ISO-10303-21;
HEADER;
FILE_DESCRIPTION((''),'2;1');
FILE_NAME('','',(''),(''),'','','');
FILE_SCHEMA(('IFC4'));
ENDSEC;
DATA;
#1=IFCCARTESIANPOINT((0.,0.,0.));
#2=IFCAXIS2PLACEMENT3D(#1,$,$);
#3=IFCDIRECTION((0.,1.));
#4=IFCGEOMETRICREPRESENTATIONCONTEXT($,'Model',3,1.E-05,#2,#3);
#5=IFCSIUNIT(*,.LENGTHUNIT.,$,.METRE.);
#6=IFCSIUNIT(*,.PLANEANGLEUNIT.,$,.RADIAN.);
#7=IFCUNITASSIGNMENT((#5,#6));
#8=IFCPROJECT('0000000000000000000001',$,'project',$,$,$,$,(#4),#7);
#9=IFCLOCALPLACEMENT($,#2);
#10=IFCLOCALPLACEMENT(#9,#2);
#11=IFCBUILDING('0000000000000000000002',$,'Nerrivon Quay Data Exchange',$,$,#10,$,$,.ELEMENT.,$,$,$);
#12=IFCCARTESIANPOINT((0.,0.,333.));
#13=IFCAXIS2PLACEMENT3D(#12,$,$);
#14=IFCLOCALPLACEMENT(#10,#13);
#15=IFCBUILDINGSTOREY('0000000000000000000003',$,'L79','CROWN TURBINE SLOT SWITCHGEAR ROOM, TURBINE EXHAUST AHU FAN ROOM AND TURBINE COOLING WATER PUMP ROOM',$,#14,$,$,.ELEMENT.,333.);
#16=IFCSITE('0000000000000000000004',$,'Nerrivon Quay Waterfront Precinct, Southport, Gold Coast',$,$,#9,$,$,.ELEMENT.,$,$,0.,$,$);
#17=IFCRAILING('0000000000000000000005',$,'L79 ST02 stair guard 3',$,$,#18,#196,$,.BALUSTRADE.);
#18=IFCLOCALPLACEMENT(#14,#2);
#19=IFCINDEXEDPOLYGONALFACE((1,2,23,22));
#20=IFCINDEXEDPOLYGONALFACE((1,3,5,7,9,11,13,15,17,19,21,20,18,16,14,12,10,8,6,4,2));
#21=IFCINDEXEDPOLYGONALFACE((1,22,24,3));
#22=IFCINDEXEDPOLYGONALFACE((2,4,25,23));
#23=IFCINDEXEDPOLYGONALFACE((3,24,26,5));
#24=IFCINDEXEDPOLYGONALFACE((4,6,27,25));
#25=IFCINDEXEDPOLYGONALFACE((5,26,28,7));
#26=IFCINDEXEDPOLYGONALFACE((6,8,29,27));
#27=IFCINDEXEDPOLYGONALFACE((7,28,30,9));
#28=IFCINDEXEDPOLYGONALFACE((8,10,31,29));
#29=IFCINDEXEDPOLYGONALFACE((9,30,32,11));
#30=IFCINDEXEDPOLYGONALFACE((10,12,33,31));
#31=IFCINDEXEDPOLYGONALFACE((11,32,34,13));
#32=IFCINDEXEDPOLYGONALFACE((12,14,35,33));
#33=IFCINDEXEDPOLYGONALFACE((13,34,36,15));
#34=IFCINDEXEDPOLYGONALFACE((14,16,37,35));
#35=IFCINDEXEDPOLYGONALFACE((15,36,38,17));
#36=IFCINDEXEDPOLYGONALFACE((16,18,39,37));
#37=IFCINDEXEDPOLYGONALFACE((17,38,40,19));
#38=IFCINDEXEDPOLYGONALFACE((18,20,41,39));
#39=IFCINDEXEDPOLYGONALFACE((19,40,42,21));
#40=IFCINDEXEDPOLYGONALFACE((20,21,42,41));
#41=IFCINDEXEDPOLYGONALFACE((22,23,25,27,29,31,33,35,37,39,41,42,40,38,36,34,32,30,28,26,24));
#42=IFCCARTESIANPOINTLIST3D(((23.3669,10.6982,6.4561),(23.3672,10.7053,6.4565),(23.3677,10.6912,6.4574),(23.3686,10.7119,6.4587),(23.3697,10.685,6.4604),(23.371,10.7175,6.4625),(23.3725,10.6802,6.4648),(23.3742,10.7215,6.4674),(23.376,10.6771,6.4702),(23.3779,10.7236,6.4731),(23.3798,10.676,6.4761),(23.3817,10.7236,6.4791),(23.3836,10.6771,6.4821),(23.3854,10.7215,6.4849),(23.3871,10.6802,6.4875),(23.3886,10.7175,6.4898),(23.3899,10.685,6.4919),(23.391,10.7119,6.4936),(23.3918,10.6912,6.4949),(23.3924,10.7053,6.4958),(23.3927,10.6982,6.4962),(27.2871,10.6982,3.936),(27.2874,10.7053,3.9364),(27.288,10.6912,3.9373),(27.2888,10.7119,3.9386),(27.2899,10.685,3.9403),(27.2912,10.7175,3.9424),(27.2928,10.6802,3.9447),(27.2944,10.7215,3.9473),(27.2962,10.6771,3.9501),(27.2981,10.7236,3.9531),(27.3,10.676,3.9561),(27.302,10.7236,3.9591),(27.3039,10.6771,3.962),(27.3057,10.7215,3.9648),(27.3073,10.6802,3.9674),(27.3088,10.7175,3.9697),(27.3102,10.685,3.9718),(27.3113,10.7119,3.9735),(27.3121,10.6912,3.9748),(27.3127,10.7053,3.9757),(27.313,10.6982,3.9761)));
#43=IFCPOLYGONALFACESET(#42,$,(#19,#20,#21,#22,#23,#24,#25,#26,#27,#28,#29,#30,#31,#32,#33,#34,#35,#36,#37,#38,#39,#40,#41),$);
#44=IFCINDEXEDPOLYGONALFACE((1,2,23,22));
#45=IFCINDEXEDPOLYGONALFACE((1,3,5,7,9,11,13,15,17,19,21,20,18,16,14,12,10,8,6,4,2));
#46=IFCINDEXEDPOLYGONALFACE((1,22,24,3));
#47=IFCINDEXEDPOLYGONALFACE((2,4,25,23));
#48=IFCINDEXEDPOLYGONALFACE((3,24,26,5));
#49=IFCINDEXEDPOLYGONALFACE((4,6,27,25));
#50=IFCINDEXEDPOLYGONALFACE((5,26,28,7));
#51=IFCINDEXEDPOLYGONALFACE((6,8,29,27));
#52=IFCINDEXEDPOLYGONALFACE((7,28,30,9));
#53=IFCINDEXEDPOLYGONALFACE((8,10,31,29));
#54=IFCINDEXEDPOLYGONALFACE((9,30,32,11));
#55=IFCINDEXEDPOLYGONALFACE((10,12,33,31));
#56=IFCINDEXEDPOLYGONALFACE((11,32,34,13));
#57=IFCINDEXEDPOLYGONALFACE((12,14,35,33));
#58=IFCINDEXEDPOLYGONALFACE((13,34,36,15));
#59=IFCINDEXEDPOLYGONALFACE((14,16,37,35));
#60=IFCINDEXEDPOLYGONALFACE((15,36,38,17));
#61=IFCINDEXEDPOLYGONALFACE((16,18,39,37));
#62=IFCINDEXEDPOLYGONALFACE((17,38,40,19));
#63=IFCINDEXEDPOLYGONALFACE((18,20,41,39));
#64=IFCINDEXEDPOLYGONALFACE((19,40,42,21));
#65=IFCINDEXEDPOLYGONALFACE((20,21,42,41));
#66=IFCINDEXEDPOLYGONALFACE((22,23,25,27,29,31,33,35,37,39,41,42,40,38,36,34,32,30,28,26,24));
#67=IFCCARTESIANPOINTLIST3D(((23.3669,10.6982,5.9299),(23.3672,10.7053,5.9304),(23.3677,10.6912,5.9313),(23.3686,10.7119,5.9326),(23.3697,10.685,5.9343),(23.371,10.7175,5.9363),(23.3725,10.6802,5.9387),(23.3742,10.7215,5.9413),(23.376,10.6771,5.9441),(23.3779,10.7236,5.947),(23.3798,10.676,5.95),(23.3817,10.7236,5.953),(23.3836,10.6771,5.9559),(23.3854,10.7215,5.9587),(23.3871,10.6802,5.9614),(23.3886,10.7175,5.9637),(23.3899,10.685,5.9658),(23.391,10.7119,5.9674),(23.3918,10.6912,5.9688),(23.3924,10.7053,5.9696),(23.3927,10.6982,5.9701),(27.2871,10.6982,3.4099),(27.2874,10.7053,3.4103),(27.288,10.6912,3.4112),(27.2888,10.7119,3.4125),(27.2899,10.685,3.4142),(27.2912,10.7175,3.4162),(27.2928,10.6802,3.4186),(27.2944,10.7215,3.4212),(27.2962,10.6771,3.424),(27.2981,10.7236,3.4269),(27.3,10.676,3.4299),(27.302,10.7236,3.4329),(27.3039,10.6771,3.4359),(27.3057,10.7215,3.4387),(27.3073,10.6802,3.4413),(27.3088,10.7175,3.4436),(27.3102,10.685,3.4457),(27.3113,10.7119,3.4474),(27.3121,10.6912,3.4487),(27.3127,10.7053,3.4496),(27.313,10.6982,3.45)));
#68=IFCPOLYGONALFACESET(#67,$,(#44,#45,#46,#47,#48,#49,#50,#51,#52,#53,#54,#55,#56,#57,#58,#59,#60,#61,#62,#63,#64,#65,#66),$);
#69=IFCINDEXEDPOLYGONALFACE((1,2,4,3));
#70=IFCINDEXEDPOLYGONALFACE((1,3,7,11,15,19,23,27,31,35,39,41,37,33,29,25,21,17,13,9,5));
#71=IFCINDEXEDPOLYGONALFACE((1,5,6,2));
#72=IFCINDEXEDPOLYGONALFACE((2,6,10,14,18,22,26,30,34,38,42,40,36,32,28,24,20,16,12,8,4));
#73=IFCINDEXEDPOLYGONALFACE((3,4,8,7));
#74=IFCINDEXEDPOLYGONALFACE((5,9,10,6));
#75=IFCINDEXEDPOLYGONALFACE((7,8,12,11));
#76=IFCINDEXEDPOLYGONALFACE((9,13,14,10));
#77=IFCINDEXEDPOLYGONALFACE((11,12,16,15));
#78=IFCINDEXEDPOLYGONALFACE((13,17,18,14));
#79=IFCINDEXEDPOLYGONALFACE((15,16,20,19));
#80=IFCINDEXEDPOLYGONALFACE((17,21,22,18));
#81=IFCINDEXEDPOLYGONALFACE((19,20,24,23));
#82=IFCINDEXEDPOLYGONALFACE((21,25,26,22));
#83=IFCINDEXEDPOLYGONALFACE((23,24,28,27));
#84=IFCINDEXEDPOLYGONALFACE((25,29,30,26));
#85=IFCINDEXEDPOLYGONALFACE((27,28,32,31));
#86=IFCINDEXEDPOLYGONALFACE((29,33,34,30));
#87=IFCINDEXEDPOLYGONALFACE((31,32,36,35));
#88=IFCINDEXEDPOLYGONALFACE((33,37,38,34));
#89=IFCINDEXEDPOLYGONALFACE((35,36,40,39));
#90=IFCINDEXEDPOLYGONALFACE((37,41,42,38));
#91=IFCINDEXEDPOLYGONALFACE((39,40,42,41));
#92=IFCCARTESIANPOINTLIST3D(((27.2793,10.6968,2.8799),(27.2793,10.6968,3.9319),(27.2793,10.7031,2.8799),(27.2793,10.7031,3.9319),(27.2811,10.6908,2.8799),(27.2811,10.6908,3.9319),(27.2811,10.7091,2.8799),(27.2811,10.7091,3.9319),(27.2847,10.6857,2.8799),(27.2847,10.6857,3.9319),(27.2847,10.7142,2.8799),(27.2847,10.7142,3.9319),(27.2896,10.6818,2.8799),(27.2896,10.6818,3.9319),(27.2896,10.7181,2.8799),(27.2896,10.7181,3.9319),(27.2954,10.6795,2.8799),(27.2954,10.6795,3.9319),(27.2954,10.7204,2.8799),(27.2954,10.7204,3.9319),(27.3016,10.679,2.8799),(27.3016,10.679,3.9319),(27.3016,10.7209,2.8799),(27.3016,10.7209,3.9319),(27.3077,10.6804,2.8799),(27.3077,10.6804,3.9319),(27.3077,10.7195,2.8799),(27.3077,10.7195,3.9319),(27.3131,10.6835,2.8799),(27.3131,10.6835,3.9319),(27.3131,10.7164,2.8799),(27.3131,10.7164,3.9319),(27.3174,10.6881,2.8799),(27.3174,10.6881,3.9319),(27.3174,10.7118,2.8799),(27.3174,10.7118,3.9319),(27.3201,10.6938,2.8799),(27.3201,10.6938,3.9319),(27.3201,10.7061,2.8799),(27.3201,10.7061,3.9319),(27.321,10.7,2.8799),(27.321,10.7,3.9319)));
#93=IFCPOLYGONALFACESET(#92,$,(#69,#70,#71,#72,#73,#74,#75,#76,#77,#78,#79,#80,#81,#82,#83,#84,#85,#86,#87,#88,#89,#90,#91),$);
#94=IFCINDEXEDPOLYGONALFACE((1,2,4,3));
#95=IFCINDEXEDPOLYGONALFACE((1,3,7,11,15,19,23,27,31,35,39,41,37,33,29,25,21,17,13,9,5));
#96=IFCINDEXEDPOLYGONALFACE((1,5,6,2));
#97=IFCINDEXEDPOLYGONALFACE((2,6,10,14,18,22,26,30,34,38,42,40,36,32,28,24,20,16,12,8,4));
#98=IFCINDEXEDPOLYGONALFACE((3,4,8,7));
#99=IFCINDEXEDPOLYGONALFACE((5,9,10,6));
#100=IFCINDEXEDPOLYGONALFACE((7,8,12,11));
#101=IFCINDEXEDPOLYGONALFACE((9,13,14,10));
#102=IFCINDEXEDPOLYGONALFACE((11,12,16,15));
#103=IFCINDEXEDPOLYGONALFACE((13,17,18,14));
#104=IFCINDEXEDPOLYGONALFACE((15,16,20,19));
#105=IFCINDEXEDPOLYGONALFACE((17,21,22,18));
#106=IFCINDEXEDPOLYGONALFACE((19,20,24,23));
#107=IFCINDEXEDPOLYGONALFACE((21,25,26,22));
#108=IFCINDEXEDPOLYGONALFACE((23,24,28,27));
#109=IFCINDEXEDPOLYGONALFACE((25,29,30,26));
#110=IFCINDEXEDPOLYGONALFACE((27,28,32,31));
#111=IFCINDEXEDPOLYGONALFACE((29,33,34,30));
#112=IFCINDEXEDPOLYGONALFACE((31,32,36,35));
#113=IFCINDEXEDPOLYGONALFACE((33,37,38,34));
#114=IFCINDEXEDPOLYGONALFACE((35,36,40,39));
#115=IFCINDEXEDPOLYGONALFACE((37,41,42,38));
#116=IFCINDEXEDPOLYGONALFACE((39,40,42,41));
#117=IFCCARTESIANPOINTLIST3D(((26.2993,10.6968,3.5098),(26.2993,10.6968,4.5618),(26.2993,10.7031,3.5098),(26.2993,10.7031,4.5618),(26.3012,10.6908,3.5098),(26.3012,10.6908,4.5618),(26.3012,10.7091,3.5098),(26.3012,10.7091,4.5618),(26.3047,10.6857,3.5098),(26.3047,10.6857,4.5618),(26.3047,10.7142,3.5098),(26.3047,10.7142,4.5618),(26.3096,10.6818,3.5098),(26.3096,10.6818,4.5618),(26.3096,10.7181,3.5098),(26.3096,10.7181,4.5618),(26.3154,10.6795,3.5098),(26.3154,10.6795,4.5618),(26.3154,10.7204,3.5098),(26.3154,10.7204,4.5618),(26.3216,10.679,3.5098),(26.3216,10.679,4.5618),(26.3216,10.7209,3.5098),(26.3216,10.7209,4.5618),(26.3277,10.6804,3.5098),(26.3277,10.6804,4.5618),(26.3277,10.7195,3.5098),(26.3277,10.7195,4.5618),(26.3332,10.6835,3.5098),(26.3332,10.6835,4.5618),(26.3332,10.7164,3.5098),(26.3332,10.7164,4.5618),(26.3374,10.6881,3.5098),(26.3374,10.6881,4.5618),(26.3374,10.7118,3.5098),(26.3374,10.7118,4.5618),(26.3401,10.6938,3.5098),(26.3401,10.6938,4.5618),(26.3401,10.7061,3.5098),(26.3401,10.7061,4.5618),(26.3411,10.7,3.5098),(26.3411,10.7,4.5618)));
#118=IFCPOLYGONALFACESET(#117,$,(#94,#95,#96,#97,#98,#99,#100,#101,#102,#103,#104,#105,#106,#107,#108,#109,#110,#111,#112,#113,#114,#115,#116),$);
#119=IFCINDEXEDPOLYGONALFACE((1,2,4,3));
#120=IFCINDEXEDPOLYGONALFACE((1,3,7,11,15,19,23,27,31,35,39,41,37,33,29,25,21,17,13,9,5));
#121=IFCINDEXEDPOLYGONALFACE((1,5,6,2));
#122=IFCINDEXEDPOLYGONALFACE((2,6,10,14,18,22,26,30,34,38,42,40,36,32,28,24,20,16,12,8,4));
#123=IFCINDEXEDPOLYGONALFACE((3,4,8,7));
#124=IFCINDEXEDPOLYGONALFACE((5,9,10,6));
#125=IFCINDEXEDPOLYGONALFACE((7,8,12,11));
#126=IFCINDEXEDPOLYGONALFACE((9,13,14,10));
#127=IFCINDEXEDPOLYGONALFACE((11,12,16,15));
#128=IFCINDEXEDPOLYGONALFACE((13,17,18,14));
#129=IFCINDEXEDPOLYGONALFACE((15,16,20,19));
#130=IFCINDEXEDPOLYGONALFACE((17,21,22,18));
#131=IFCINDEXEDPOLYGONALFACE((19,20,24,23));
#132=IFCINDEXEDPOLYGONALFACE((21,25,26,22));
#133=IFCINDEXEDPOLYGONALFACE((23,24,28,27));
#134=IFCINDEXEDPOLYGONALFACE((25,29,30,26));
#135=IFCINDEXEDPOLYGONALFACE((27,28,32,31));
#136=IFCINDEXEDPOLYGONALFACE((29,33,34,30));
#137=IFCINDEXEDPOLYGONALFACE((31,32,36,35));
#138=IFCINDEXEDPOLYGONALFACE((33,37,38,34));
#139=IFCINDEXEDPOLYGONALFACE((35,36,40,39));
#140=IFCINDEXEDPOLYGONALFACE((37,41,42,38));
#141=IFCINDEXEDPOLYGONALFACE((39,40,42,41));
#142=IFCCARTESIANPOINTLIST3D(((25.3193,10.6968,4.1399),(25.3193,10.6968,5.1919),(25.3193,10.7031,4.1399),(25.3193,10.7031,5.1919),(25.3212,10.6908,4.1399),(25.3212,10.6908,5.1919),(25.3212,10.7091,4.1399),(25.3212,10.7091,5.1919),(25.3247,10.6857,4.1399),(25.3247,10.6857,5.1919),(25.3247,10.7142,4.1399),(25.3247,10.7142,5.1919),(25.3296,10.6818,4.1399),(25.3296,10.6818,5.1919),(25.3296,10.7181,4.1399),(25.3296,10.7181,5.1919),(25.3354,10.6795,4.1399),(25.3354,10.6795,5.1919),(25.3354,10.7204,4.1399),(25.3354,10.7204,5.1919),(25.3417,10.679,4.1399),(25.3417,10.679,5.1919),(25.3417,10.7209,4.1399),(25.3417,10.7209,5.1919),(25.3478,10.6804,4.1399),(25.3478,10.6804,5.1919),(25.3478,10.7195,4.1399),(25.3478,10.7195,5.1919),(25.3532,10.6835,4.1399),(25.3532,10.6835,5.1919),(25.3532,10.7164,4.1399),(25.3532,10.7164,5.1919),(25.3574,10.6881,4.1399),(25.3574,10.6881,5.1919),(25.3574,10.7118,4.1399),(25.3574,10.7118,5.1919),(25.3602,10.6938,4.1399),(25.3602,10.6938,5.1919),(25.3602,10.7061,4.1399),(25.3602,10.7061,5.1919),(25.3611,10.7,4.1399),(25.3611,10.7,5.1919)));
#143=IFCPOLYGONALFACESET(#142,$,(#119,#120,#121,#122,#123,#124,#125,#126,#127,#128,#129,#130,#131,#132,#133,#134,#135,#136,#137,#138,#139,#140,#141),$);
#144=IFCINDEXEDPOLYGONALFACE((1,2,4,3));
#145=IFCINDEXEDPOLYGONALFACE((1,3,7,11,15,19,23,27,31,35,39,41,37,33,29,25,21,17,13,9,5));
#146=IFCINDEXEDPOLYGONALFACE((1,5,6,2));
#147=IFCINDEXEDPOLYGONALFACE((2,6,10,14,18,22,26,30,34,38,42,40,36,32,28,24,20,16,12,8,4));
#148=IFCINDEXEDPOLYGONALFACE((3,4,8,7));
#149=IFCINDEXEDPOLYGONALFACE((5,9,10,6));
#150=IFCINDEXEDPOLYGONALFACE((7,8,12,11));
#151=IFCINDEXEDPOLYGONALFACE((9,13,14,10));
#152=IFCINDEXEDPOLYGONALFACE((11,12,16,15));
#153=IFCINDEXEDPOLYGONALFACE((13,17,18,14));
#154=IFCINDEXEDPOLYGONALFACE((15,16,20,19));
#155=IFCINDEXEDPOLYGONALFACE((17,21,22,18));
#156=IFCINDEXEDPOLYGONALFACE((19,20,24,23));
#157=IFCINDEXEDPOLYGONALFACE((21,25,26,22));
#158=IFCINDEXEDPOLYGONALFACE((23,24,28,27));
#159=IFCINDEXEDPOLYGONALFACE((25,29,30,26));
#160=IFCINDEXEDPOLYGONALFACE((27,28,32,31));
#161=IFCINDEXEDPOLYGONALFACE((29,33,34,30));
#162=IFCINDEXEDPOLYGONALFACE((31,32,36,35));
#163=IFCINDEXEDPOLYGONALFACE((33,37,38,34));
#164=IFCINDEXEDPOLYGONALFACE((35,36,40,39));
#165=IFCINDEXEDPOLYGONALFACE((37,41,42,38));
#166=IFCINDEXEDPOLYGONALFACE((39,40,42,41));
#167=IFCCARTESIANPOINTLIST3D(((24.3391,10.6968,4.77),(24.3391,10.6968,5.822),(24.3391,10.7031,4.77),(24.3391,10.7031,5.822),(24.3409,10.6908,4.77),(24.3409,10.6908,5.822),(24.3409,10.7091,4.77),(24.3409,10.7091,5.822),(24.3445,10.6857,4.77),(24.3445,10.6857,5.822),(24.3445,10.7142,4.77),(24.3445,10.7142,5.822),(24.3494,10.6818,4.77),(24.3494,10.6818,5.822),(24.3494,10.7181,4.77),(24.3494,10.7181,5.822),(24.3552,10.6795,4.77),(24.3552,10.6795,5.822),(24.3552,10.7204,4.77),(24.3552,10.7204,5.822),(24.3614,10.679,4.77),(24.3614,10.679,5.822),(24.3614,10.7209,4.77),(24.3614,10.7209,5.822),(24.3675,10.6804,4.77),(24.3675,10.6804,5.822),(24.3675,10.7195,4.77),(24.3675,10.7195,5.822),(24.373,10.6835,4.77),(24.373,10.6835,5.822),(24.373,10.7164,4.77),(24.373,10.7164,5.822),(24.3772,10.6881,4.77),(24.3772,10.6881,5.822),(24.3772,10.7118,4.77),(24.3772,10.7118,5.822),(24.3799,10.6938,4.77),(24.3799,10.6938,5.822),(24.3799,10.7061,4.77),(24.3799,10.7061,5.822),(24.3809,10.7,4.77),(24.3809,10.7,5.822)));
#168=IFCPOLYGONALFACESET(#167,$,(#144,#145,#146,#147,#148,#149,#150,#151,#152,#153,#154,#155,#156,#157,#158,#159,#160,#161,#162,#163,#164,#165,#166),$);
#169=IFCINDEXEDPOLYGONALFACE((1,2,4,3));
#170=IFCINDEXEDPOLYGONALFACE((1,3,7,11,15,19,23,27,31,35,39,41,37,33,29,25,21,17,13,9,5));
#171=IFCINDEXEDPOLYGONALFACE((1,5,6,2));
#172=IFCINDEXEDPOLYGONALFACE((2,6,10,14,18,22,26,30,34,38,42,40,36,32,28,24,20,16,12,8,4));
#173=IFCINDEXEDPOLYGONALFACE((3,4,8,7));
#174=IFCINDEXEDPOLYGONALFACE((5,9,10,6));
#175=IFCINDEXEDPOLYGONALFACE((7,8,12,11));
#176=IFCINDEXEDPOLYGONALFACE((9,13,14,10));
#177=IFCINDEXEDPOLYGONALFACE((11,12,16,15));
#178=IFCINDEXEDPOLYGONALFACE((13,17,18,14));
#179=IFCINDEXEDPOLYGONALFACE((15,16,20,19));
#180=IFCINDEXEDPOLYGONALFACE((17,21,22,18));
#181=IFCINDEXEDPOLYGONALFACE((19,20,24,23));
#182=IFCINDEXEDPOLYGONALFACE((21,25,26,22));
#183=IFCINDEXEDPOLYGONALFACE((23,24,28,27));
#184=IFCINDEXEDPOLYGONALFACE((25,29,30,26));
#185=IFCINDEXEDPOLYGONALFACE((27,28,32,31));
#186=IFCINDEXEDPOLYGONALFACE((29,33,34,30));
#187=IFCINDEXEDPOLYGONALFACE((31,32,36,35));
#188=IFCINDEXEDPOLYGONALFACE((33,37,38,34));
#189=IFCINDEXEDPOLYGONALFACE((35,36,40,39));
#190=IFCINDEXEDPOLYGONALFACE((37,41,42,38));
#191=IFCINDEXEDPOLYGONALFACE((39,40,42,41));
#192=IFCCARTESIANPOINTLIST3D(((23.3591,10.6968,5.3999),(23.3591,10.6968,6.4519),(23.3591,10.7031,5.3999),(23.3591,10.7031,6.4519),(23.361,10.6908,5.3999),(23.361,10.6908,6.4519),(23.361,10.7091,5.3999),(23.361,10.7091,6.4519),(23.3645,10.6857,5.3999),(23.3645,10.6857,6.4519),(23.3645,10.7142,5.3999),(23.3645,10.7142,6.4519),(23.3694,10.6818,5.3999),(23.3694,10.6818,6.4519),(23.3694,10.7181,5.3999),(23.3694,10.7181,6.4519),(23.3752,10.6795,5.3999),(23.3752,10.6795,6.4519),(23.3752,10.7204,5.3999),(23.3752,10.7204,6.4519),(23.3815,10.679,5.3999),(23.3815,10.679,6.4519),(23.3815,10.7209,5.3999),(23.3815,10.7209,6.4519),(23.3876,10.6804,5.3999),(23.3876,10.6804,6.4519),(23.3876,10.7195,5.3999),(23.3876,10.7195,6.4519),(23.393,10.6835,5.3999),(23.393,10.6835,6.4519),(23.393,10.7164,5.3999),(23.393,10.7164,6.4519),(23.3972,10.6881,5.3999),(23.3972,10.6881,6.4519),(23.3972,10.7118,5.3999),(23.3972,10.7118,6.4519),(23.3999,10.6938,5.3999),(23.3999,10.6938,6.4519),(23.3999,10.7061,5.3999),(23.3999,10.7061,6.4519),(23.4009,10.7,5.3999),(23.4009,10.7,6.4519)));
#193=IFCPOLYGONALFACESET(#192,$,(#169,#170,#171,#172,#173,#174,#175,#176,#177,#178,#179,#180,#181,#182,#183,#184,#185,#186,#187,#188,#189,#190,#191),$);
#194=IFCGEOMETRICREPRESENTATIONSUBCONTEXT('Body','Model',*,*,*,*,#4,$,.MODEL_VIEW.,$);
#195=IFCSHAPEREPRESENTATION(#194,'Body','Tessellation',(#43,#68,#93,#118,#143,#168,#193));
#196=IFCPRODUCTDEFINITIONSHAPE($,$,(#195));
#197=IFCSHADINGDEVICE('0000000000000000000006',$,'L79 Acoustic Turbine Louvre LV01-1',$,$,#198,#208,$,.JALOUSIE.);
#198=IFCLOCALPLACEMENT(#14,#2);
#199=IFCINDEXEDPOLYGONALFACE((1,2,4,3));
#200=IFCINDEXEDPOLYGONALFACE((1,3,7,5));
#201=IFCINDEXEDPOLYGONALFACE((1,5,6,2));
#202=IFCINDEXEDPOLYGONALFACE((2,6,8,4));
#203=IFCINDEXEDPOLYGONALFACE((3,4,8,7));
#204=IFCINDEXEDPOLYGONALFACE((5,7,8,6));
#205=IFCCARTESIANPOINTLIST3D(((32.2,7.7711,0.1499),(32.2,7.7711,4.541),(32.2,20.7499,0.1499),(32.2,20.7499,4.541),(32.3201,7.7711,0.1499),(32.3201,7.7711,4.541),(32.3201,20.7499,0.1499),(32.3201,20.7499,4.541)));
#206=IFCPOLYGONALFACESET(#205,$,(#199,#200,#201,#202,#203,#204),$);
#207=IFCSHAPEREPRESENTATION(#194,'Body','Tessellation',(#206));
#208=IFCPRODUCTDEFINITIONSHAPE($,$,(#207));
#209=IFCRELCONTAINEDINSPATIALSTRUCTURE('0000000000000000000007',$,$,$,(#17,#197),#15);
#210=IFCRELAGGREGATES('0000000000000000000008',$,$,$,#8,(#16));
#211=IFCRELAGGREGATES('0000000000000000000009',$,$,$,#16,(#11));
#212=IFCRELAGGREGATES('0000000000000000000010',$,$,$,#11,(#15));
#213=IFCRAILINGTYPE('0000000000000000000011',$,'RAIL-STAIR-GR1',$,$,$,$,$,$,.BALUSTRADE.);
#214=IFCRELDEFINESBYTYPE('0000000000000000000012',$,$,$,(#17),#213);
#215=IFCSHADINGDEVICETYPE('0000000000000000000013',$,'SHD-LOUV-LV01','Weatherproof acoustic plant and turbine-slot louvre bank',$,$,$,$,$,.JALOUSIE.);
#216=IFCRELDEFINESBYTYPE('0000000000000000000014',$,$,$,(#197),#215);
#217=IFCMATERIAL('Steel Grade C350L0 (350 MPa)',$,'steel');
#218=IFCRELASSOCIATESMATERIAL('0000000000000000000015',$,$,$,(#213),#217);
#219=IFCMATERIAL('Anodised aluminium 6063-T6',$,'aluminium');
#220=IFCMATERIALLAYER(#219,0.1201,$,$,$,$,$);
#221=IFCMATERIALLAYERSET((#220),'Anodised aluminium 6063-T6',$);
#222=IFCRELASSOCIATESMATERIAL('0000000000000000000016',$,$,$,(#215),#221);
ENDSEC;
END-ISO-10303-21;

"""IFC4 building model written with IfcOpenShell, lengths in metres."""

from ifc_helpers import new_model, si_unit, direction, frame, origin, origin_2d, place, context, subcontext, project, spatial, rectangle, circle, extrude, material, layer, layer_set, type_object, element, save


model = new_model("IFC4")

# Units and contexts
model_context = context("Model", 3, precision=1e-05, world=origin(), true_north=direction((0.0, 1.0)))
body_context = subcontext(model_context, "Body", "Model", "MODEL_VIEW")
ifc_project = project(units=[si_unit("LENGTHUNIT", "METRE"), si_unit("PLANEANGLEUNIT", "RADIAN")], contexts=[model_context])

# Site, building, storey
site_placement = place(None, origin())
site = spatial("IfcSite", under=ifc_project, at=site_placement, Name="Nerrivon Quay Waterfront Precinct, Southport, Gold Coast", CompositionType="ELEMENT", RefElevation=0.0)
building_placement = place(site_placement, origin())
building = spatial("IfcBuilding", under=site, at=building_placement, Name="Nerrivon Quay Data Exchange", CompositionType="ELEMENT")
storey_placement = place(building_placement, frame((0.0, 0.0, 333.0)))
storey = spatial("IfcBuildingStorey", under=building, at=storey_placement, Name="L79", Description="CROWN TURBINE SLOT SWITCHGEAR ROOM, TURBINE EXHAUST AHU FAN ROOM AND TURBINE COOLING WATER PUMP ROOM", CompositionType="ELEMENT", Elevation=333.0)

# Railing
ifc_material_1 = material(Name="Steel Grade C350L0 (350 MPa)", Category="steel")
railing_type_1 = type_object("IfcRailingType", Name="RAIL-STAIR-GR1", PredefinedType="BALUSTRADE", material=ifc_material_1)
railing_1_placement = place(storey_placement, frame((27.3, 10.7, 2.8799)))
element("IfcRailing", 1, at=railing_1_placement, inside=storey, type_object=railing_type_1, Name="L79 ST02 stair guard 3", PredefinedType="BALUSTRADE", context=body_context, shape_type="SweptSolid", body=[
    extrude(circle(Radius=0.0239, at=origin_2d()), frame((0.0, 0.0, 1.0762), z_axis=(-0.841187, 0.0, 0.540744), x_axis=(0.0, -1.0, 0.0)), (0.0, 0.0, 1.0), 4.6604),
    extrude(circle(Radius=0.0239, at=origin_2d()), frame((0.0, 0.0, 0.55), z_axis=(-0.841187, 0.0, 0.540744), x_axis=(0.0, -1.0, 0.0)), (0.0, 0.0, 1.0), 4.6604),
    extrude(circle(Radius=0.021, at=origin_2d()), origin(), (0.0, 0.0, 1.0), 1.052),
    extrude(circle(Radius=0.021, at=origin_2d()), frame((-0.98, 0.0, 0.6299)), (0.0, 0.0, 1.0), 1.052),
    extrude(circle(Radius=0.021, at=origin_2d()), frame((-1.96, 0.0, 1.26)), (0.0, 0.0, 1.0), 1.052),
    extrude(circle(Radius=0.021, at=origin_2d()), frame((-2.9402, 0.0, 1.8901)), (0.0, 0.0, 1.0), 1.052),
    extrude(circle(Radius=0.021, at=origin_2d()), frame((-3.9202, 0.0, 2.52)), (0.0, 0.0, 1.0), 1.052),
])

# Shading device
ifc_material_2 = material(Name="Anodised aluminium 6063-T6", Category="aluminium")
ifc_layer_1 = layer(ifc_material_2, 0.1201)
ifc_layer_set_1 = layer_set([ifc_layer_1], Name="Anodised aluminium 6063-T6")
shading_device_type = type_object("IfcShadingDeviceType", Name="SHD-LOUV-LV01", Description="Weatherproof acoustic plant and turbine-slot louvre bank", PredefinedType="JALOUSIE", material=ifc_layer_set_1)
shading_device_1_placement = place(storey_placement, frame((32.26, 14.2605, 0.1499), z_axis=(0.0, 0.0, 1.0), x_axis=(0.0, -1.0, 0.0)))
element("IfcShadingDevice", 2, at=shading_device_1_placement, inside=storey, type_object=shading_device_type, Name="L79 Acoustic Turbine Louvre LV01-1", PredefinedType="JALOUSIE", context=body_context, shape_type="SweptSolid", body=[
    extrude(rectangle(XDim=12.9788, YDim=0.1201, at=origin_2d()), origin(), (0.0, 0.0, 1.0), 4.3911),
])

save(model, "model.ifc")
